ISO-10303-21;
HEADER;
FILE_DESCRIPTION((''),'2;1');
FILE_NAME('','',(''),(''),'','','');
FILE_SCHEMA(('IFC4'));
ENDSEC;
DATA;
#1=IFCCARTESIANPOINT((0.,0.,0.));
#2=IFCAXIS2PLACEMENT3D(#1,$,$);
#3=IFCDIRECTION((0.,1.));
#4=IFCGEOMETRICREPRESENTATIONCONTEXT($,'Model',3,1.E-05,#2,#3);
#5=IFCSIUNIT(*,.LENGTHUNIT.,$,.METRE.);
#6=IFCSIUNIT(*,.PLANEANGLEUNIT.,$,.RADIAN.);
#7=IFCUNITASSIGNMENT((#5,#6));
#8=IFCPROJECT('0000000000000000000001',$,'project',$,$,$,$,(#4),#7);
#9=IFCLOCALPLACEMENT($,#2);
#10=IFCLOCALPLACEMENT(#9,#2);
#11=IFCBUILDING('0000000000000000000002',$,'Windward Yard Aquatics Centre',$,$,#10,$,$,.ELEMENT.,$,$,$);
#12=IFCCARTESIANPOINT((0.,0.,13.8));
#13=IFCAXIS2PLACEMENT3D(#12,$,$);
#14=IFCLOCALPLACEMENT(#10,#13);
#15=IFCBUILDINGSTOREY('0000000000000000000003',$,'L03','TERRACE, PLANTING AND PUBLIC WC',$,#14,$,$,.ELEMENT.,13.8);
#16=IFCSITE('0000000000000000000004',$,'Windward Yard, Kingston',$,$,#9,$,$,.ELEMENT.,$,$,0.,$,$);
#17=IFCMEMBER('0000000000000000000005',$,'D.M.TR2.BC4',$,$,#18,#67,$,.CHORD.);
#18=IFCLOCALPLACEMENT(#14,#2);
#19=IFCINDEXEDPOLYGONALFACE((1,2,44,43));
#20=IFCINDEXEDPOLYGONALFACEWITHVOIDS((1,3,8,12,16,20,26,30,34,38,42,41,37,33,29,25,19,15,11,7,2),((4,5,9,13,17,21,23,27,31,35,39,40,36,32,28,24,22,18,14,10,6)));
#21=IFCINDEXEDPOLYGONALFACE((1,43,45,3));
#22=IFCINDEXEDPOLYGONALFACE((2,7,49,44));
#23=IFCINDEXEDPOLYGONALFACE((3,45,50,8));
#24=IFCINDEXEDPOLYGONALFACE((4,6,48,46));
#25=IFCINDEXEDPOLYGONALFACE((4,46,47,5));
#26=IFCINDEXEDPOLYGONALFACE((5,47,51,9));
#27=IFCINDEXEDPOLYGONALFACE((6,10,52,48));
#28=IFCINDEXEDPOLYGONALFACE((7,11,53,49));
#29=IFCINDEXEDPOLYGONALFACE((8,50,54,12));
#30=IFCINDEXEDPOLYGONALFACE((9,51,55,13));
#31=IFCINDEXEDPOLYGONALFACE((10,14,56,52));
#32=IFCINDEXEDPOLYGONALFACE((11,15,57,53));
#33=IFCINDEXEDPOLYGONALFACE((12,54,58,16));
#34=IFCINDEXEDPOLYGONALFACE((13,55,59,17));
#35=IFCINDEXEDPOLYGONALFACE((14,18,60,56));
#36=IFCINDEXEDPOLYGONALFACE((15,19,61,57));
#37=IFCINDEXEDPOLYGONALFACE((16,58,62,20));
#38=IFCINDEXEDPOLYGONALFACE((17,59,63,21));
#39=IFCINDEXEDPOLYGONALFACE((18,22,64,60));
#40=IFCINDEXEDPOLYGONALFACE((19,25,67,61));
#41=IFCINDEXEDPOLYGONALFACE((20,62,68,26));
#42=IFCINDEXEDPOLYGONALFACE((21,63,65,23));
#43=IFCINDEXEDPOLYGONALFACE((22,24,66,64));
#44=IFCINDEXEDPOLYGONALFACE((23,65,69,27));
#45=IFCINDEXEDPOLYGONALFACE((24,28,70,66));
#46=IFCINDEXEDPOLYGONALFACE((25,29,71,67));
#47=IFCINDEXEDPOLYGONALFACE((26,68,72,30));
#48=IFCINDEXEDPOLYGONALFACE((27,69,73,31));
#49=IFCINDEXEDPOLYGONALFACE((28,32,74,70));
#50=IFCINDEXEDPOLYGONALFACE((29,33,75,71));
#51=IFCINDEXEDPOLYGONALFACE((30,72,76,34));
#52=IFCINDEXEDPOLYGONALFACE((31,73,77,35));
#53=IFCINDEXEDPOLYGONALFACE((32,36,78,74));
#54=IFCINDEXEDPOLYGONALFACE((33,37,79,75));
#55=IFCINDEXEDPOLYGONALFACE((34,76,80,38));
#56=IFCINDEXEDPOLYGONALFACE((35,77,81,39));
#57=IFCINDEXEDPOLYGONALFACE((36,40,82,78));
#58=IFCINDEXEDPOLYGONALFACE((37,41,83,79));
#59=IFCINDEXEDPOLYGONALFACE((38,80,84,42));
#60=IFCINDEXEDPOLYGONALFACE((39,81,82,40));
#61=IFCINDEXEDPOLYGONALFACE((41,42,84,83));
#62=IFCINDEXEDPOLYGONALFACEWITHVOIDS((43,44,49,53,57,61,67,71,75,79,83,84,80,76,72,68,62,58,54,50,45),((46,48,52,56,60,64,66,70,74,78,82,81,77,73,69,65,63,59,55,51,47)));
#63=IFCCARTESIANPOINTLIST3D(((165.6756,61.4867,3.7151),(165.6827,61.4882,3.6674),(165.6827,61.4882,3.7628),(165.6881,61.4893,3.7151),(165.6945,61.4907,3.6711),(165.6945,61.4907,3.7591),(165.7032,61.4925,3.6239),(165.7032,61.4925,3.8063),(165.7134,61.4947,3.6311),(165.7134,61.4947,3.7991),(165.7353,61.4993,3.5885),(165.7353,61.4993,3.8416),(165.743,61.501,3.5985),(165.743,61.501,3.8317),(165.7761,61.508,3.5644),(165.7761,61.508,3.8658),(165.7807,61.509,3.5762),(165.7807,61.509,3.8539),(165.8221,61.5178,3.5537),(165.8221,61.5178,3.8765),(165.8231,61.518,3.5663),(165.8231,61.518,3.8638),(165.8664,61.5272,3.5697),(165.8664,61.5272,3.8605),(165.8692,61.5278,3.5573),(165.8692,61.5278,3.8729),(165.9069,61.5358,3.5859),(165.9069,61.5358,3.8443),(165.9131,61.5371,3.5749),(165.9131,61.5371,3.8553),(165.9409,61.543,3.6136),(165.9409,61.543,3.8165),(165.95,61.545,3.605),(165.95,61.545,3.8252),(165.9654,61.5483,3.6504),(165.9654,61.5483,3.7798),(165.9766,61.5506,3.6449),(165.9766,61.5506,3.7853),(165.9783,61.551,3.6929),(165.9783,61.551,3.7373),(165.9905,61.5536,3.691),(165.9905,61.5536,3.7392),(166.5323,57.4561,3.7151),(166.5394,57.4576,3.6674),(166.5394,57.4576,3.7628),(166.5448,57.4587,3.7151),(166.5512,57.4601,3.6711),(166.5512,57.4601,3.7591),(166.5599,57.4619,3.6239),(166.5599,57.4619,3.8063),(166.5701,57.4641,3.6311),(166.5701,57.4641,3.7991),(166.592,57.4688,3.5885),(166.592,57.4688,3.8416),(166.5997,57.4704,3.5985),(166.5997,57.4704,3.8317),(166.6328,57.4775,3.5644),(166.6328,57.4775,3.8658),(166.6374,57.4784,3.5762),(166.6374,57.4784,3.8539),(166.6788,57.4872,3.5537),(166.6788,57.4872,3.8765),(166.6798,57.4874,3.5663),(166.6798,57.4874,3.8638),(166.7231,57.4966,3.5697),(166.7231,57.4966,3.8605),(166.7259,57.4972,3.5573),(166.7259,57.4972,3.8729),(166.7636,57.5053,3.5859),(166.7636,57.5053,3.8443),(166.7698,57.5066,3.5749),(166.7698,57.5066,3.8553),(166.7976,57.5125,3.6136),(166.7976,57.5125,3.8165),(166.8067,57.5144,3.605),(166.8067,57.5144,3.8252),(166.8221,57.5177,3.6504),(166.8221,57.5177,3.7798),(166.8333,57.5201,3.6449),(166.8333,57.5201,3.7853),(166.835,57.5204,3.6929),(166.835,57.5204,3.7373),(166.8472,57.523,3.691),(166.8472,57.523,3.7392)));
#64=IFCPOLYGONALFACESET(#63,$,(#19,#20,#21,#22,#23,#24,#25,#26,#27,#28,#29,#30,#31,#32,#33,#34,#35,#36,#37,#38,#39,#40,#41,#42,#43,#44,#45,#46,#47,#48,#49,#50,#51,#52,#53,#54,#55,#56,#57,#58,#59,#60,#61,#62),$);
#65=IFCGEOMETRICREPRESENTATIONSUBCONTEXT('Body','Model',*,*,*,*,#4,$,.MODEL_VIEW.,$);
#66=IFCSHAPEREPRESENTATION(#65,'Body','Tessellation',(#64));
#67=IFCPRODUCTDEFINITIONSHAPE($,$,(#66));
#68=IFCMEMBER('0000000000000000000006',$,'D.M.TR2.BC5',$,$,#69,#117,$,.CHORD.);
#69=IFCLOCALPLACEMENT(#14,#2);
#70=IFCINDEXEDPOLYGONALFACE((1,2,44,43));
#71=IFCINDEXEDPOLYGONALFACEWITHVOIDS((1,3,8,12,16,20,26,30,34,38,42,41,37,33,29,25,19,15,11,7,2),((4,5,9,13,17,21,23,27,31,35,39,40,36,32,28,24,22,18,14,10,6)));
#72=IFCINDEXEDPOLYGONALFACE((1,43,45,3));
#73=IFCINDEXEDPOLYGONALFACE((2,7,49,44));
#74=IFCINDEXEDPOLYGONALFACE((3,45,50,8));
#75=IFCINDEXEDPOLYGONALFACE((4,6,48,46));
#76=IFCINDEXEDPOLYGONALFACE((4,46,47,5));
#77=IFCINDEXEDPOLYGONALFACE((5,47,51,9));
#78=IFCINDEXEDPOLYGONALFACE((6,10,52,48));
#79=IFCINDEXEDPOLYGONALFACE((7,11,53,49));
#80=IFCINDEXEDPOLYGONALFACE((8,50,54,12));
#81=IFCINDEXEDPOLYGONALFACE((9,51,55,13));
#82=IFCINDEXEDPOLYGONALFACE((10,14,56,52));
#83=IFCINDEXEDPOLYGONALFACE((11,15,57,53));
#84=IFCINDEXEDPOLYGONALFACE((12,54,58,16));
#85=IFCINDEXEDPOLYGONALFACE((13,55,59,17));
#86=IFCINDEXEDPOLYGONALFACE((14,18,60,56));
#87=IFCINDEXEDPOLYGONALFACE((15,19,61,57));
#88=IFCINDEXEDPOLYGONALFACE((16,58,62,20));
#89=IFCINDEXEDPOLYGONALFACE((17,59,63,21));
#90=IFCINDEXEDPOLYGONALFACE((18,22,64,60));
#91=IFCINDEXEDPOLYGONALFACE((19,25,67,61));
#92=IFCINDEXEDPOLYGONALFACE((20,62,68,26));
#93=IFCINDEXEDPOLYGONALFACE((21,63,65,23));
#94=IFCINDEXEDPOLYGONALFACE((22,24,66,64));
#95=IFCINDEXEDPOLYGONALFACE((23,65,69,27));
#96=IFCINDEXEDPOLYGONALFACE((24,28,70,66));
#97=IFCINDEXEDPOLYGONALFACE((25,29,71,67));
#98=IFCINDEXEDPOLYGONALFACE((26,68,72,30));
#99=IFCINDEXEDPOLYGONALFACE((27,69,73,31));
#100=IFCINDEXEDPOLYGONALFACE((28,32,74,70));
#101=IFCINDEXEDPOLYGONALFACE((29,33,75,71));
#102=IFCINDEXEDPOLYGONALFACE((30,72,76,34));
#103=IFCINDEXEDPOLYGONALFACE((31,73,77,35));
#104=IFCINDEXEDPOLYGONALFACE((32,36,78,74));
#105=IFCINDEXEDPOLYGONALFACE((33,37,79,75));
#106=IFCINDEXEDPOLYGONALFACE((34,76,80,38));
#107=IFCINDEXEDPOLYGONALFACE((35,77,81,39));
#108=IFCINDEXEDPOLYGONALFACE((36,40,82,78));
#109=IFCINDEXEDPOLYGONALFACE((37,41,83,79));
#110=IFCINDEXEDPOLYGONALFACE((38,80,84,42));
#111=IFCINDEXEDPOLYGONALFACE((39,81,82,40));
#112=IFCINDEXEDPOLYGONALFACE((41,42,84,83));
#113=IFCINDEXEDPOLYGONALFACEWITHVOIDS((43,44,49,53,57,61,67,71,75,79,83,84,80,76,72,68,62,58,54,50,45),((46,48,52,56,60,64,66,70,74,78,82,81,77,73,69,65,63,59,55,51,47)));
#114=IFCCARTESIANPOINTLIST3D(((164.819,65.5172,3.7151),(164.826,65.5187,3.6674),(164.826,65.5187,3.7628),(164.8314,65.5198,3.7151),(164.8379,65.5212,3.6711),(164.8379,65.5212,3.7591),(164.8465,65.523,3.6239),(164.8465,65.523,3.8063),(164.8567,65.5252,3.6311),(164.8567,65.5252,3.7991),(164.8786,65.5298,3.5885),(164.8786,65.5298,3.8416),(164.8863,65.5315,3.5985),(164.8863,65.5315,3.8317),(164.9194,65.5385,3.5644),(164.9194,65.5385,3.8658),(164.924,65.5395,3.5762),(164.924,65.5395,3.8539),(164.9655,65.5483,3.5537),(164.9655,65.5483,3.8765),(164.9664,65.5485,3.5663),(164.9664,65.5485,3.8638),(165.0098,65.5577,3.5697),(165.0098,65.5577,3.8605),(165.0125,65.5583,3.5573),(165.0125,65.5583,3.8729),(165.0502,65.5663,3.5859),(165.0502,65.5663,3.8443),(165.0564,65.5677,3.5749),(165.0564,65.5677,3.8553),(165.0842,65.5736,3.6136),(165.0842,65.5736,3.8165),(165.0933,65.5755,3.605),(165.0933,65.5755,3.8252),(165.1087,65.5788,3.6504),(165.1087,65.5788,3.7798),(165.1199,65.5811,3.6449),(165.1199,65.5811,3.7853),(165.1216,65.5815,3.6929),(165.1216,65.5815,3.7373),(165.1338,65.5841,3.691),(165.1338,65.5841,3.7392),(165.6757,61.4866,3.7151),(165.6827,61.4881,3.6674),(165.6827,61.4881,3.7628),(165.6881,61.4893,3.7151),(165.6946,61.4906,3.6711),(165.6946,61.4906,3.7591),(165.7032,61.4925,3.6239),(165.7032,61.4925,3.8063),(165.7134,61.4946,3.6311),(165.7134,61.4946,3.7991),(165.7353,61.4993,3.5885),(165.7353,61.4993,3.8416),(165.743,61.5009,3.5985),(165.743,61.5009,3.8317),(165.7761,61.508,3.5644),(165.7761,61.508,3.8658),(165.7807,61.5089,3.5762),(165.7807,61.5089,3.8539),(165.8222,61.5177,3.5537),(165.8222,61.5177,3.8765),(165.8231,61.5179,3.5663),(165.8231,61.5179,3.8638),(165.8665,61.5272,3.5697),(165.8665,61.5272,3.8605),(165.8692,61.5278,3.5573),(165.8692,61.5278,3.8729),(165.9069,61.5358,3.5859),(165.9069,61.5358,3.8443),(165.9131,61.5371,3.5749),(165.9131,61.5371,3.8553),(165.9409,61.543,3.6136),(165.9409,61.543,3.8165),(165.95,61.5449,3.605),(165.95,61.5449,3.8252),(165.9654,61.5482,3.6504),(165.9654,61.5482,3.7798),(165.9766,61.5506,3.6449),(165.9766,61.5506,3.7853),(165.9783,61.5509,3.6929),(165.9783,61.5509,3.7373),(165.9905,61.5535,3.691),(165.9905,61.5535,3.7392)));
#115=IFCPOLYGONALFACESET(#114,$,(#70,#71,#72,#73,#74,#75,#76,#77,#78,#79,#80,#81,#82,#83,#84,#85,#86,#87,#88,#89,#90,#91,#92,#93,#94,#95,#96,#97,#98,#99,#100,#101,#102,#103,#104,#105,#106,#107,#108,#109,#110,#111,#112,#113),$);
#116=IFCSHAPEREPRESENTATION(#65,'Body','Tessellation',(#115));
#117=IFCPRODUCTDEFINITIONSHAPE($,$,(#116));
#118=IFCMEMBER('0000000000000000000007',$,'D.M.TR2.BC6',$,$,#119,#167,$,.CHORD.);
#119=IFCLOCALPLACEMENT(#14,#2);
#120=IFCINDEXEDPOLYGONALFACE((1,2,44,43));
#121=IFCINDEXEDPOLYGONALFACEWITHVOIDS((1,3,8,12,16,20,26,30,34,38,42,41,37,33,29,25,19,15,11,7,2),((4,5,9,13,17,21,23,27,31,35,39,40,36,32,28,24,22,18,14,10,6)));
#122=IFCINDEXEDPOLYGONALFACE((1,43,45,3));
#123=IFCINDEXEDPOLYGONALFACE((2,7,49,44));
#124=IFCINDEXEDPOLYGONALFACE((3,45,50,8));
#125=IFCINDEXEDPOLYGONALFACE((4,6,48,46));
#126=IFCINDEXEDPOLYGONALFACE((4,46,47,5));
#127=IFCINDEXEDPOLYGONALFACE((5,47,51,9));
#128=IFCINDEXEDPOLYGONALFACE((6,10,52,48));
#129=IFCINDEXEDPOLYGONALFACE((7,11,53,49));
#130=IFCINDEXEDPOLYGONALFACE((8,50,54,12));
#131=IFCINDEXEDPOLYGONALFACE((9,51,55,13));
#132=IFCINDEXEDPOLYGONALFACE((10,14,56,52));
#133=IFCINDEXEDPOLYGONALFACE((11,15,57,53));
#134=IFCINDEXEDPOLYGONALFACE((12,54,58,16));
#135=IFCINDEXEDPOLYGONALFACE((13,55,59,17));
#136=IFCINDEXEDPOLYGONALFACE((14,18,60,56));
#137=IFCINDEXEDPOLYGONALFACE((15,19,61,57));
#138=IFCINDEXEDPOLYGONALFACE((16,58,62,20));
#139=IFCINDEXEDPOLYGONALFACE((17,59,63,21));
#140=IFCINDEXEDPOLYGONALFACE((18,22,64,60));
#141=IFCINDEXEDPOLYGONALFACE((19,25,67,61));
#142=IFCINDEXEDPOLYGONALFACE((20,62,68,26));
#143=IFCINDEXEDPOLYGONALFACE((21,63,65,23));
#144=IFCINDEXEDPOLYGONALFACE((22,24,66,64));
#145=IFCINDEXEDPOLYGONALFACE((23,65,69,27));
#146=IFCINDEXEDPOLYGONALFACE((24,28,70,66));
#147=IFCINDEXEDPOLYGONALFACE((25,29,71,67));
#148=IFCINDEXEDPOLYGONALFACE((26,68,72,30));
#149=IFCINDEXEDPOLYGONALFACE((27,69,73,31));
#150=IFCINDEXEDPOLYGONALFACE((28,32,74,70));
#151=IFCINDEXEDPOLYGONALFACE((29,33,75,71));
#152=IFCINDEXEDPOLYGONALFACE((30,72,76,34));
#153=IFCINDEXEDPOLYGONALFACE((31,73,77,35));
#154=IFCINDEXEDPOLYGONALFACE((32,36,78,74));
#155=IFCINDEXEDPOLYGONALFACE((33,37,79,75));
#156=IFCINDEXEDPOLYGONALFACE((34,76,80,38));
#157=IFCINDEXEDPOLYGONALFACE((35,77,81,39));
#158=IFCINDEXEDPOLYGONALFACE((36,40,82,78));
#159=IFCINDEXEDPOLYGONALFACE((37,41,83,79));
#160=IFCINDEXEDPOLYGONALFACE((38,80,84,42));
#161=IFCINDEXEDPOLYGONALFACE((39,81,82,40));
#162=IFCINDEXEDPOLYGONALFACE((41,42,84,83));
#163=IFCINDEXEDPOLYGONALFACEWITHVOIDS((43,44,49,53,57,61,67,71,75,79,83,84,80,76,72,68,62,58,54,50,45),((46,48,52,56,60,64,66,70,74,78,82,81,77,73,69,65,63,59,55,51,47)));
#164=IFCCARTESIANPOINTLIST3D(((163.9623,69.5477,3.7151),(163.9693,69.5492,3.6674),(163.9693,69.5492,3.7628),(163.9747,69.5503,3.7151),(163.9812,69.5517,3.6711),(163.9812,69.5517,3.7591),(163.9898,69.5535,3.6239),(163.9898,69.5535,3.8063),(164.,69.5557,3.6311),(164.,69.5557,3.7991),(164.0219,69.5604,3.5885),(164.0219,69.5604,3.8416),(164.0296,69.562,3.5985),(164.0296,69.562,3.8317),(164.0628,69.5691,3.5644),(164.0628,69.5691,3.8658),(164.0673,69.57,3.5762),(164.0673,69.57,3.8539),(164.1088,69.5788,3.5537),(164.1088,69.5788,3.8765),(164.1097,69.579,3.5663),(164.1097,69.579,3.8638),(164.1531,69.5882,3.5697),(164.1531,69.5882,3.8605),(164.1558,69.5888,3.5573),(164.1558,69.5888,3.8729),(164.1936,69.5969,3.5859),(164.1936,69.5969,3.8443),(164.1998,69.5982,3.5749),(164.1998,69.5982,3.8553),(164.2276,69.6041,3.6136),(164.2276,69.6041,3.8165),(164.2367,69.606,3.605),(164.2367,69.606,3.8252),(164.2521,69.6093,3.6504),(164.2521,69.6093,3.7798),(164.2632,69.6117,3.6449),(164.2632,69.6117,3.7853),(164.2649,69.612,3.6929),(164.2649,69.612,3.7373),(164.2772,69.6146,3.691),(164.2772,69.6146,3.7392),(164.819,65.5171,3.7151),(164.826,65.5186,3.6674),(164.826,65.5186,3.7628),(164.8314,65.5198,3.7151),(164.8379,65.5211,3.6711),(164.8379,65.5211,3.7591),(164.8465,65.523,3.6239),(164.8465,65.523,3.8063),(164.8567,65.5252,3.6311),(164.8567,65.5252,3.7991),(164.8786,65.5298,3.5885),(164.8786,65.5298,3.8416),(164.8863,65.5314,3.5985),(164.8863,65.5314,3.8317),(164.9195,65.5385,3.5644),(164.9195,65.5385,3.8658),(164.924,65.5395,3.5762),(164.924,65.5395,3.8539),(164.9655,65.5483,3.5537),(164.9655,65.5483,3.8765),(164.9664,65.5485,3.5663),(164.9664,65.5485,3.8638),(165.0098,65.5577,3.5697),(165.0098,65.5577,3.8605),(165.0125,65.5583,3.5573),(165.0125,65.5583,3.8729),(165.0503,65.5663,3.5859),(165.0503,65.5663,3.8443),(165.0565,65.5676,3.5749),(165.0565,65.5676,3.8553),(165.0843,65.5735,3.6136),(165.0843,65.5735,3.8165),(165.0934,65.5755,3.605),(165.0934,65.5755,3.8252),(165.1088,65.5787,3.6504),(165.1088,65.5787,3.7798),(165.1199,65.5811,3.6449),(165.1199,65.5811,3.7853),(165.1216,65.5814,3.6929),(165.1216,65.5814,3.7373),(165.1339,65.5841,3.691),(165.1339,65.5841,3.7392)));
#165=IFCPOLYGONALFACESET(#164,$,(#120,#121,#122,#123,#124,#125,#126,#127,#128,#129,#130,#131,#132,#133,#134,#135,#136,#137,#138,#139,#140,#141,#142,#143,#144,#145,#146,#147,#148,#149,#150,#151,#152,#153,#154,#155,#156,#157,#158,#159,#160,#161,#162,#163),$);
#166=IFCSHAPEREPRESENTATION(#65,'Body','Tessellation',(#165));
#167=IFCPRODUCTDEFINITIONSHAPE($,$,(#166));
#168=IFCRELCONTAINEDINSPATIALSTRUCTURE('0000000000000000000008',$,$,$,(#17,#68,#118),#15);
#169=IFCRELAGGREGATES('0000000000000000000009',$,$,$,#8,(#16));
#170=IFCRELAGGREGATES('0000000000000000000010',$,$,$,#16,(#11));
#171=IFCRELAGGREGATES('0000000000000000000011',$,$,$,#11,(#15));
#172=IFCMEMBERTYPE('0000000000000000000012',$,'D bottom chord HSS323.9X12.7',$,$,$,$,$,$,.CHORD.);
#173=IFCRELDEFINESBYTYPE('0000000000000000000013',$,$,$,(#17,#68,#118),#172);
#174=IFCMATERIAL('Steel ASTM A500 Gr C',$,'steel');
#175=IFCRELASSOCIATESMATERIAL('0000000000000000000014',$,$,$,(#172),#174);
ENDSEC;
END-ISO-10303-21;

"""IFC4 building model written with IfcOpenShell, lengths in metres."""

from ifc_helpers import new_model, si_unit, direction, frame, origin, origin_2d, place, context, subcontext, project, spatial, hollow_circle, extrude, material, material_profile, profile_set, type_object, element, save


model = new_model("IFC4")

# Units and contexts
model_context = context("Model", 3, precision=1e-05, world=origin(), true_north=direction((0.0, 1.0)))
body_context = subcontext(model_context, "Body", "Model", "MODEL_VIEW")
ifc_project = project(units=[si_unit("LENGTHUNIT", "METRE"), si_unit("PLANEANGLEUNIT", "RADIAN")], contexts=[model_context])

# Site, building, storey
site_placement = place(None, origin())
site = spatial("IfcSite", under=ifc_project, at=site_placement, Name="Windward Yard, Kingston", CompositionType="ELEMENT", RefElevation=0.0)
building_placement = place(site_placement, origin())
building = spatial("IfcBuilding", under=site, at=building_placement, Name="Windward Yard Aquatics Centre", CompositionType="ELEMENT")
storey_placement = place(building_placement, frame((0.0, 0.0, 13.8)))
storey = spatial("IfcBuildingStorey", under=building, at=storey_placement, Name="L03", Description="TERRACE, PLANTING AND PUBLIC WC", CompositionType="ELEMENT", Elevation=13.8)

# Members
ifc_material_1 = material(Name="Steel ASTM A500 Gr C", Category="steel")
ifc_material_profile_1 = material_profile(ifc_material_1, hollow_circle(Radius=0.1619, WallThickness=0.0127, at=origin_2d()), Name="HSS323.9X12.7")
ifc_profile_set_1 = profile_set([ifc_material_profile_1], Name="Steel ASTM A500 Gr C")
member_type_1 = type_object("IfcMemberType", Name="D bottom chord HSS323.9X12.7", PredefinedType="CHORD", material=ifc_profile_set_1)
for number, where, z_axis, x_axis, name in (
    (1, (166.6907, 57.4897, 3.7151), (-0.207906, 0.978149, 0.0), (-0.978149, -0.207906, 0.0), "D.M.TR2.BC4"),
    (2, (165.834, 61.5203, 3.7151), (-0.207906, 0.978149, 0.0), (-0.978149, -0.207906, 0.0), "D.M.TR2.BC5"),
    (3, (164.9773, 65.5508, 3.7151), (-0.207906, 0.978149, 0.0), (-0.978149, -0.207906, 0.0), "D.M.TR2.BC6"),
):
    element("IfcMember", number, at=place(storey_placement, frame(where, z_axis=z_axis, x_axis=x_axis)), inside=storey, type_object=member_type_1, Name=name, PredefinedType="CHORD", context=body_context, shape_type="SweptSolid", body=[
        extrude(hollow_circle(Radius=0.1619, WallThickness=0.0127, at=origin_2d()), origin(), (0.0, 0.0, 1.0), 4.1206),
    ])

save(model, "model.ifc")
